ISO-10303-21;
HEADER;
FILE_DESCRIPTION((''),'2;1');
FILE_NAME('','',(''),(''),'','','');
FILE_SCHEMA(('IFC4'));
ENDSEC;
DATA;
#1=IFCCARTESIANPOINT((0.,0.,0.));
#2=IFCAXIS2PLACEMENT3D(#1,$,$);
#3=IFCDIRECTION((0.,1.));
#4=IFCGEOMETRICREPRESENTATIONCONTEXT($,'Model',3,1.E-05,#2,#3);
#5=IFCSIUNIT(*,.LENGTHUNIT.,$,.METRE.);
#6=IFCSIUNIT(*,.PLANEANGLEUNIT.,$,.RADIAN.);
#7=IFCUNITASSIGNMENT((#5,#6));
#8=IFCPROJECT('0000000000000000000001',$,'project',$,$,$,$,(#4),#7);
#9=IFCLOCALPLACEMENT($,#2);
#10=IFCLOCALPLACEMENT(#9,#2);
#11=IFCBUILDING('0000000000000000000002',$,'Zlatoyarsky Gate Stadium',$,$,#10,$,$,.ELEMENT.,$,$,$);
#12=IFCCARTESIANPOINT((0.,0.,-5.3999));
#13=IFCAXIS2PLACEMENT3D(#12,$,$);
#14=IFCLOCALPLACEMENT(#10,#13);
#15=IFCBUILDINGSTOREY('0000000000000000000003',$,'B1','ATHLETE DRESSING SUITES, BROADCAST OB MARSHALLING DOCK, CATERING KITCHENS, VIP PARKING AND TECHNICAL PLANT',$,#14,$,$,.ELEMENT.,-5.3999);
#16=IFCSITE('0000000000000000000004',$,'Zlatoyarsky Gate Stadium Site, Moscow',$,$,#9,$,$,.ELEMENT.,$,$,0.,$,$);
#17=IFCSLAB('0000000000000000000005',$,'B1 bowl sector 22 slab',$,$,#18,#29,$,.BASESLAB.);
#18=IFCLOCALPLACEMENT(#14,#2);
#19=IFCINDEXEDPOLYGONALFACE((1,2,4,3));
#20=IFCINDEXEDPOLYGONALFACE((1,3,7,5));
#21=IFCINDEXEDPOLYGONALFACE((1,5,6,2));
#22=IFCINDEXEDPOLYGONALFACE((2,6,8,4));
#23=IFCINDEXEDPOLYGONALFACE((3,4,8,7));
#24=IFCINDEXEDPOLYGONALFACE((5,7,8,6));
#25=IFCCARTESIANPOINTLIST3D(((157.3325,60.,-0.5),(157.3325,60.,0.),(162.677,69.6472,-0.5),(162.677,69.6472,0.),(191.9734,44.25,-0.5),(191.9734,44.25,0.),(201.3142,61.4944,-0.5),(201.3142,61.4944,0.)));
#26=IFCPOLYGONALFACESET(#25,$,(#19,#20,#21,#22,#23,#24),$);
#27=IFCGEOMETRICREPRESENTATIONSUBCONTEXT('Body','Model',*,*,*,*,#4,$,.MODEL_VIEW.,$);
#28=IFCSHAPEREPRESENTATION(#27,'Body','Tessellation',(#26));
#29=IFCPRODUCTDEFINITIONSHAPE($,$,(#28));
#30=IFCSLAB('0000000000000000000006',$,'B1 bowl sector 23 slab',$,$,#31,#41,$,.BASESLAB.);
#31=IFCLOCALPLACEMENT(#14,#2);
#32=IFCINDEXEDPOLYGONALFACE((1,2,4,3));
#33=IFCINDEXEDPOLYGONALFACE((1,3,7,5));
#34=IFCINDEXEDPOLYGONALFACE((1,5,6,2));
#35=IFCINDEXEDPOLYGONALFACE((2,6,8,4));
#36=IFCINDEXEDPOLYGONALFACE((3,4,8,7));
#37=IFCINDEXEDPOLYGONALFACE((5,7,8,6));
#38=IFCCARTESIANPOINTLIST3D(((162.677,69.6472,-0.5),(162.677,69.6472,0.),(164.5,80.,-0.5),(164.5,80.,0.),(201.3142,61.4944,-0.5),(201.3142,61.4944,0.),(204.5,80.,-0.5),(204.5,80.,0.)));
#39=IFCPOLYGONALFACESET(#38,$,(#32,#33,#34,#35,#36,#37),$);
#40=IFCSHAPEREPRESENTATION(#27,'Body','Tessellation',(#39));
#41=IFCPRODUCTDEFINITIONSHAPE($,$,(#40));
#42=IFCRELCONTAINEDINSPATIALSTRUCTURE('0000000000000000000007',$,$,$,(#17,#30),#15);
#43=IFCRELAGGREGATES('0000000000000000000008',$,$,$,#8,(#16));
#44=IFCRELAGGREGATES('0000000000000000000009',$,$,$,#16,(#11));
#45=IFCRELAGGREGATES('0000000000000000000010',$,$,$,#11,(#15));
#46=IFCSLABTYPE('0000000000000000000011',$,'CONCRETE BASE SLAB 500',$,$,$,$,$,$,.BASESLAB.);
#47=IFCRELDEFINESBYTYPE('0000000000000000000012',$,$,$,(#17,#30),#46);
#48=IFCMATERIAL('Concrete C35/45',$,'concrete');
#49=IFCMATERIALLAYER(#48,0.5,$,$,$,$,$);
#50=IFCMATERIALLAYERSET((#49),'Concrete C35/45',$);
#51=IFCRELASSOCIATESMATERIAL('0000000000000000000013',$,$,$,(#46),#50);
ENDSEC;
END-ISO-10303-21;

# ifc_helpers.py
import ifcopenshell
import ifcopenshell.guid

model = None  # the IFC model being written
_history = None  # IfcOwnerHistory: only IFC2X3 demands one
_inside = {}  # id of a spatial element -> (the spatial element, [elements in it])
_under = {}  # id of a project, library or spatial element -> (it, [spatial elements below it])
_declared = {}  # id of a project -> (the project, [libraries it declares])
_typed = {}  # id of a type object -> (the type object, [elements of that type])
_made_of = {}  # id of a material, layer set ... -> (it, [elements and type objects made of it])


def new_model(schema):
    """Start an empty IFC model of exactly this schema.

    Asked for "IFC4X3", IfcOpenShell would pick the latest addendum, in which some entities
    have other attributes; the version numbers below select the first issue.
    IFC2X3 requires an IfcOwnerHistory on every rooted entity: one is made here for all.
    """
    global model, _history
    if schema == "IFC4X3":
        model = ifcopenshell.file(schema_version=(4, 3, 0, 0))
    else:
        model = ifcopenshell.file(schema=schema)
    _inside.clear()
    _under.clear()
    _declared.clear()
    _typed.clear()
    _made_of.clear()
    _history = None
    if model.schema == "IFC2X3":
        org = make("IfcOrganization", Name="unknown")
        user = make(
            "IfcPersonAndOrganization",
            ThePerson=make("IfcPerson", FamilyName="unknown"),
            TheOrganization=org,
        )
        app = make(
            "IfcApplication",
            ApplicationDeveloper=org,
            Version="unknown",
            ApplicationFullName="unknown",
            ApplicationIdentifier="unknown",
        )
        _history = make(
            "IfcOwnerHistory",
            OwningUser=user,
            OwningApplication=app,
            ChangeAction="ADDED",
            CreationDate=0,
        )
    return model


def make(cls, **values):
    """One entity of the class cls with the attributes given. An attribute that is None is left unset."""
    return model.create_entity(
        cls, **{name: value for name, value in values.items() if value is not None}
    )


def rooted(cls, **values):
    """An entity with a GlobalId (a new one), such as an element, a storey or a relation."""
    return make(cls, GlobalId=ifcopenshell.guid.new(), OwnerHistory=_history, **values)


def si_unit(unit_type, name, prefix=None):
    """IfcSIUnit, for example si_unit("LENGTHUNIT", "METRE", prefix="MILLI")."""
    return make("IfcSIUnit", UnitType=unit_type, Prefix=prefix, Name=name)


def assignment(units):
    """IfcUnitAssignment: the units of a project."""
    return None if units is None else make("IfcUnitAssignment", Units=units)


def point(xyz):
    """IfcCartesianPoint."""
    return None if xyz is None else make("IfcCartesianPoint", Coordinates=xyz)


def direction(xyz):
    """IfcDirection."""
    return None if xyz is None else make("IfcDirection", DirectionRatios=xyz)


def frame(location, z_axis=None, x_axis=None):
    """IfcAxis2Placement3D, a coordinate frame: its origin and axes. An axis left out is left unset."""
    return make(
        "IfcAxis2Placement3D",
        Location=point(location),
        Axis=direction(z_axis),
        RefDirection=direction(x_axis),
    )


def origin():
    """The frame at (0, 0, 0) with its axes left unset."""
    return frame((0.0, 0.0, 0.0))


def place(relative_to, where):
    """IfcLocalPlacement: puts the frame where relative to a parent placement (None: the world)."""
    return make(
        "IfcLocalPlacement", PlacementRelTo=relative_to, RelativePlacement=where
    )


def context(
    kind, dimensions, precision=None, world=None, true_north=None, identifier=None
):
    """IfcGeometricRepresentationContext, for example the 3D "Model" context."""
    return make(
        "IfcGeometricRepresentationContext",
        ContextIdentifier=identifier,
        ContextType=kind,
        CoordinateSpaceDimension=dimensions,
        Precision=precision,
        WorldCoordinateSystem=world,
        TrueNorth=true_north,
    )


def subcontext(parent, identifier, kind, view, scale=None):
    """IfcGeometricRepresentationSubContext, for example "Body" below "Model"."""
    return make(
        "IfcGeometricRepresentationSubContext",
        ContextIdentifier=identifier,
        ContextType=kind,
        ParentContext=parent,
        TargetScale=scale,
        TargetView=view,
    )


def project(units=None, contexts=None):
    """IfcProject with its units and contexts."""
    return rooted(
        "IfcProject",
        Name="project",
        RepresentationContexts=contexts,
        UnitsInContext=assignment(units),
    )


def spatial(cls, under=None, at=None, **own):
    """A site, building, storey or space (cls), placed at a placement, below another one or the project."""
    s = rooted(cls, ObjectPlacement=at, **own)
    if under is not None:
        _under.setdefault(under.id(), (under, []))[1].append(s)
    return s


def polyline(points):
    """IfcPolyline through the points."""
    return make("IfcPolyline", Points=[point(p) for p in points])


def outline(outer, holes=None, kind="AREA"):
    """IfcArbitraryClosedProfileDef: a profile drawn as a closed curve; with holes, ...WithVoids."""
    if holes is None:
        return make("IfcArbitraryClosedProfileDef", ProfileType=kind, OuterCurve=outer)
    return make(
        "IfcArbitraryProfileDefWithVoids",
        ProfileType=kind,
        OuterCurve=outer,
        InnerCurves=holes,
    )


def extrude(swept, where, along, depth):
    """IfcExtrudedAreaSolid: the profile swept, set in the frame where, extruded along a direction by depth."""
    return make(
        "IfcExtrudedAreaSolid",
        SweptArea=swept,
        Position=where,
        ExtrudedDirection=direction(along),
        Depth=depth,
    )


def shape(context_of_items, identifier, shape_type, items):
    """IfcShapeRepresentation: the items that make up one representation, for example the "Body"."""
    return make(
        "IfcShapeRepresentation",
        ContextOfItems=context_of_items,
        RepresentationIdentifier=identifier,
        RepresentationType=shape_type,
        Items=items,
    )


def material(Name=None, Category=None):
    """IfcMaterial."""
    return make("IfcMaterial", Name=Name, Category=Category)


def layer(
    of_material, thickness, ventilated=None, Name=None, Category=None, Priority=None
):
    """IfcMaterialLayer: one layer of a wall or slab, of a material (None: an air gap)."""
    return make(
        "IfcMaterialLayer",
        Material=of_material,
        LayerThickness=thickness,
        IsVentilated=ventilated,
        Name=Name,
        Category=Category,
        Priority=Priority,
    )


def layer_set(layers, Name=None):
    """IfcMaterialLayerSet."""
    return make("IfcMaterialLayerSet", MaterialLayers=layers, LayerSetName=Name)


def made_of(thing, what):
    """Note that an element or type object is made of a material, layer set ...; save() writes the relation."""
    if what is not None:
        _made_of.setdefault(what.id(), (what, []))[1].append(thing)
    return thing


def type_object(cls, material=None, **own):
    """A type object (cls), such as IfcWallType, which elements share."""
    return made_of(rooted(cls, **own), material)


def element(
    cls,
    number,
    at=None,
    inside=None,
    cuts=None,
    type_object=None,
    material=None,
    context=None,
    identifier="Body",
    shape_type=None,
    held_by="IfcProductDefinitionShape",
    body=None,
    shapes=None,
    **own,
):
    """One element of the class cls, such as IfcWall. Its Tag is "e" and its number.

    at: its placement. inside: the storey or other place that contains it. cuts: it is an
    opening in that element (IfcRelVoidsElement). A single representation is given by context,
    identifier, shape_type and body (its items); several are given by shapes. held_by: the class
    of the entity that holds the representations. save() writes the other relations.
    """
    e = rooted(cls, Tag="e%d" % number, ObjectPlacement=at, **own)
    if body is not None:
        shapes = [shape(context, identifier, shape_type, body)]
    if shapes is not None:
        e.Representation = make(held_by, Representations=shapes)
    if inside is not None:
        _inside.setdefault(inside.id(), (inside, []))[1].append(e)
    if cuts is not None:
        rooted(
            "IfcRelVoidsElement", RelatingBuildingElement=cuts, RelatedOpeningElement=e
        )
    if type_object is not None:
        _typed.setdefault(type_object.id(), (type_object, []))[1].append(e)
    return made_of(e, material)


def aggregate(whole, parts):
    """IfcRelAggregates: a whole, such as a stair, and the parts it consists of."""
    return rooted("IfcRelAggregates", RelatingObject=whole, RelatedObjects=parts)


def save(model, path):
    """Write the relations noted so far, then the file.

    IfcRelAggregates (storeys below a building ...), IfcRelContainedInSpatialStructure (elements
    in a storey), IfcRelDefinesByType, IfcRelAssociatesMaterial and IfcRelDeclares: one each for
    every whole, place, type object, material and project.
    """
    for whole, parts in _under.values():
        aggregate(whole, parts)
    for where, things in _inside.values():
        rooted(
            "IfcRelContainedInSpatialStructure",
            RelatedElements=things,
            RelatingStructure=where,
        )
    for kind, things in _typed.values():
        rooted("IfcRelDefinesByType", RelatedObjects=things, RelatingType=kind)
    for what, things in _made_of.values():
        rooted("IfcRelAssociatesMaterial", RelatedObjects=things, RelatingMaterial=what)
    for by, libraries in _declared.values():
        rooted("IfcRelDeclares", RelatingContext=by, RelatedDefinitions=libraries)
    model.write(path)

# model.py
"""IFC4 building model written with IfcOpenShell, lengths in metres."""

from ifc_helpers import new_model, si_unit, direction, frame, origin, place, context, subcontext, project, spatial, polyline, outline, extrude, material, layer, layer_set, type_object, element, save


model = new_model("IFC4")

# Units and contexts
model_context = context("Model", 3, precision=1e-05, world=origin(), true_north=direction((0.0, 1.0)))
body_context = subcontext(model_context, "Body", "Model", "MODEL_VIEW")
ifc_project = project(units=[si_unit("LENGTHUNIT", "METRE"), si_unit("PLANEANGLEUNIT", "RADIAN")], contexts=[model_context])

# Site, building, storey
site_placement = place(None, origin())
site = spatial("IfcSite", under=ifc_project, at=site_placement, Name="Zlatoyarsky Gate Stadium Site, Moscow", CompositionType="ELEMENT", RefElevation=0.0)
building_placement = place(site_placement, origin())
building = spatial("IfcBuilding", under=site, at=building_placement, Name="Zlatoyarsky Gate Stadium", CompositionType="ELEMENT")
storey_placement = place(building_placement, frame((0.0, 0.0, -5.3999)))
storey = spatial("IfcBuildingStorey", under=building, at=storey_placement, Name="B1", Description="ATHLETE DRESSING SUITES, BROADCAST OB MARSHALLING DOCK, CATERING KITCHENS, VIP PARKING AND TECHNICAL PLANT", CompositionType="ELEMENT", Elevation=-5.3999)

# Shared definitions
ifc_material = material(Name="Concrete C35/45", Category="concrete")

# Slabs
ifc_layer = layer(ifc_material, 0.5)
ifc_layer_set = layer_set([ifc_layer], Name="Concrete C35/45")
slab_type = type_object("IfcSlabType", Name="CONCRETE BASE SLAB 500", PredefinedType="BASESLAB", material=ifc_layer_set)
slab_1_placement = place(storey_placement, frame((0.0, 0.0, -0.5)))
element("IfcSlab", 1, at=slab_1_placement, inside=storey, type_object=slab_type, Name="B1 bowl sector 22 slab", PredefinedType="BASESLAB", context=body_context, shape_type="SweptSolid", body=[
    extrude(outline(polyline([(162.677, 69.6472), (201.3142, 61.4944), (191.9734, 44.25), (157.3325, 60.0), (162.677, 69.6472)])), origin(), (0.0, 0.0, 1.0), 0.5),
])
slab_2_placement = place(storey_placement, frame((0.0, 0.0, -0.5)))
element("IfcSlab", 2, at=slab_2_placement, inside=storey, type_object=slab_type, Name="B1 bowl sector 23 slab", PredefinedType="BASESLAB", context=body_context, shape_type="SweptSolid", body=[
    extrude(outline(polyline([(164.5, 80.0), (204.5, 80.0), (201.3142, 61.4944), (162.677, 69.6472), (164.5, 80.0)])), origin(), (0.0, 0.0, 1.0), 0.5),
])

save(model, "model.ifc")
